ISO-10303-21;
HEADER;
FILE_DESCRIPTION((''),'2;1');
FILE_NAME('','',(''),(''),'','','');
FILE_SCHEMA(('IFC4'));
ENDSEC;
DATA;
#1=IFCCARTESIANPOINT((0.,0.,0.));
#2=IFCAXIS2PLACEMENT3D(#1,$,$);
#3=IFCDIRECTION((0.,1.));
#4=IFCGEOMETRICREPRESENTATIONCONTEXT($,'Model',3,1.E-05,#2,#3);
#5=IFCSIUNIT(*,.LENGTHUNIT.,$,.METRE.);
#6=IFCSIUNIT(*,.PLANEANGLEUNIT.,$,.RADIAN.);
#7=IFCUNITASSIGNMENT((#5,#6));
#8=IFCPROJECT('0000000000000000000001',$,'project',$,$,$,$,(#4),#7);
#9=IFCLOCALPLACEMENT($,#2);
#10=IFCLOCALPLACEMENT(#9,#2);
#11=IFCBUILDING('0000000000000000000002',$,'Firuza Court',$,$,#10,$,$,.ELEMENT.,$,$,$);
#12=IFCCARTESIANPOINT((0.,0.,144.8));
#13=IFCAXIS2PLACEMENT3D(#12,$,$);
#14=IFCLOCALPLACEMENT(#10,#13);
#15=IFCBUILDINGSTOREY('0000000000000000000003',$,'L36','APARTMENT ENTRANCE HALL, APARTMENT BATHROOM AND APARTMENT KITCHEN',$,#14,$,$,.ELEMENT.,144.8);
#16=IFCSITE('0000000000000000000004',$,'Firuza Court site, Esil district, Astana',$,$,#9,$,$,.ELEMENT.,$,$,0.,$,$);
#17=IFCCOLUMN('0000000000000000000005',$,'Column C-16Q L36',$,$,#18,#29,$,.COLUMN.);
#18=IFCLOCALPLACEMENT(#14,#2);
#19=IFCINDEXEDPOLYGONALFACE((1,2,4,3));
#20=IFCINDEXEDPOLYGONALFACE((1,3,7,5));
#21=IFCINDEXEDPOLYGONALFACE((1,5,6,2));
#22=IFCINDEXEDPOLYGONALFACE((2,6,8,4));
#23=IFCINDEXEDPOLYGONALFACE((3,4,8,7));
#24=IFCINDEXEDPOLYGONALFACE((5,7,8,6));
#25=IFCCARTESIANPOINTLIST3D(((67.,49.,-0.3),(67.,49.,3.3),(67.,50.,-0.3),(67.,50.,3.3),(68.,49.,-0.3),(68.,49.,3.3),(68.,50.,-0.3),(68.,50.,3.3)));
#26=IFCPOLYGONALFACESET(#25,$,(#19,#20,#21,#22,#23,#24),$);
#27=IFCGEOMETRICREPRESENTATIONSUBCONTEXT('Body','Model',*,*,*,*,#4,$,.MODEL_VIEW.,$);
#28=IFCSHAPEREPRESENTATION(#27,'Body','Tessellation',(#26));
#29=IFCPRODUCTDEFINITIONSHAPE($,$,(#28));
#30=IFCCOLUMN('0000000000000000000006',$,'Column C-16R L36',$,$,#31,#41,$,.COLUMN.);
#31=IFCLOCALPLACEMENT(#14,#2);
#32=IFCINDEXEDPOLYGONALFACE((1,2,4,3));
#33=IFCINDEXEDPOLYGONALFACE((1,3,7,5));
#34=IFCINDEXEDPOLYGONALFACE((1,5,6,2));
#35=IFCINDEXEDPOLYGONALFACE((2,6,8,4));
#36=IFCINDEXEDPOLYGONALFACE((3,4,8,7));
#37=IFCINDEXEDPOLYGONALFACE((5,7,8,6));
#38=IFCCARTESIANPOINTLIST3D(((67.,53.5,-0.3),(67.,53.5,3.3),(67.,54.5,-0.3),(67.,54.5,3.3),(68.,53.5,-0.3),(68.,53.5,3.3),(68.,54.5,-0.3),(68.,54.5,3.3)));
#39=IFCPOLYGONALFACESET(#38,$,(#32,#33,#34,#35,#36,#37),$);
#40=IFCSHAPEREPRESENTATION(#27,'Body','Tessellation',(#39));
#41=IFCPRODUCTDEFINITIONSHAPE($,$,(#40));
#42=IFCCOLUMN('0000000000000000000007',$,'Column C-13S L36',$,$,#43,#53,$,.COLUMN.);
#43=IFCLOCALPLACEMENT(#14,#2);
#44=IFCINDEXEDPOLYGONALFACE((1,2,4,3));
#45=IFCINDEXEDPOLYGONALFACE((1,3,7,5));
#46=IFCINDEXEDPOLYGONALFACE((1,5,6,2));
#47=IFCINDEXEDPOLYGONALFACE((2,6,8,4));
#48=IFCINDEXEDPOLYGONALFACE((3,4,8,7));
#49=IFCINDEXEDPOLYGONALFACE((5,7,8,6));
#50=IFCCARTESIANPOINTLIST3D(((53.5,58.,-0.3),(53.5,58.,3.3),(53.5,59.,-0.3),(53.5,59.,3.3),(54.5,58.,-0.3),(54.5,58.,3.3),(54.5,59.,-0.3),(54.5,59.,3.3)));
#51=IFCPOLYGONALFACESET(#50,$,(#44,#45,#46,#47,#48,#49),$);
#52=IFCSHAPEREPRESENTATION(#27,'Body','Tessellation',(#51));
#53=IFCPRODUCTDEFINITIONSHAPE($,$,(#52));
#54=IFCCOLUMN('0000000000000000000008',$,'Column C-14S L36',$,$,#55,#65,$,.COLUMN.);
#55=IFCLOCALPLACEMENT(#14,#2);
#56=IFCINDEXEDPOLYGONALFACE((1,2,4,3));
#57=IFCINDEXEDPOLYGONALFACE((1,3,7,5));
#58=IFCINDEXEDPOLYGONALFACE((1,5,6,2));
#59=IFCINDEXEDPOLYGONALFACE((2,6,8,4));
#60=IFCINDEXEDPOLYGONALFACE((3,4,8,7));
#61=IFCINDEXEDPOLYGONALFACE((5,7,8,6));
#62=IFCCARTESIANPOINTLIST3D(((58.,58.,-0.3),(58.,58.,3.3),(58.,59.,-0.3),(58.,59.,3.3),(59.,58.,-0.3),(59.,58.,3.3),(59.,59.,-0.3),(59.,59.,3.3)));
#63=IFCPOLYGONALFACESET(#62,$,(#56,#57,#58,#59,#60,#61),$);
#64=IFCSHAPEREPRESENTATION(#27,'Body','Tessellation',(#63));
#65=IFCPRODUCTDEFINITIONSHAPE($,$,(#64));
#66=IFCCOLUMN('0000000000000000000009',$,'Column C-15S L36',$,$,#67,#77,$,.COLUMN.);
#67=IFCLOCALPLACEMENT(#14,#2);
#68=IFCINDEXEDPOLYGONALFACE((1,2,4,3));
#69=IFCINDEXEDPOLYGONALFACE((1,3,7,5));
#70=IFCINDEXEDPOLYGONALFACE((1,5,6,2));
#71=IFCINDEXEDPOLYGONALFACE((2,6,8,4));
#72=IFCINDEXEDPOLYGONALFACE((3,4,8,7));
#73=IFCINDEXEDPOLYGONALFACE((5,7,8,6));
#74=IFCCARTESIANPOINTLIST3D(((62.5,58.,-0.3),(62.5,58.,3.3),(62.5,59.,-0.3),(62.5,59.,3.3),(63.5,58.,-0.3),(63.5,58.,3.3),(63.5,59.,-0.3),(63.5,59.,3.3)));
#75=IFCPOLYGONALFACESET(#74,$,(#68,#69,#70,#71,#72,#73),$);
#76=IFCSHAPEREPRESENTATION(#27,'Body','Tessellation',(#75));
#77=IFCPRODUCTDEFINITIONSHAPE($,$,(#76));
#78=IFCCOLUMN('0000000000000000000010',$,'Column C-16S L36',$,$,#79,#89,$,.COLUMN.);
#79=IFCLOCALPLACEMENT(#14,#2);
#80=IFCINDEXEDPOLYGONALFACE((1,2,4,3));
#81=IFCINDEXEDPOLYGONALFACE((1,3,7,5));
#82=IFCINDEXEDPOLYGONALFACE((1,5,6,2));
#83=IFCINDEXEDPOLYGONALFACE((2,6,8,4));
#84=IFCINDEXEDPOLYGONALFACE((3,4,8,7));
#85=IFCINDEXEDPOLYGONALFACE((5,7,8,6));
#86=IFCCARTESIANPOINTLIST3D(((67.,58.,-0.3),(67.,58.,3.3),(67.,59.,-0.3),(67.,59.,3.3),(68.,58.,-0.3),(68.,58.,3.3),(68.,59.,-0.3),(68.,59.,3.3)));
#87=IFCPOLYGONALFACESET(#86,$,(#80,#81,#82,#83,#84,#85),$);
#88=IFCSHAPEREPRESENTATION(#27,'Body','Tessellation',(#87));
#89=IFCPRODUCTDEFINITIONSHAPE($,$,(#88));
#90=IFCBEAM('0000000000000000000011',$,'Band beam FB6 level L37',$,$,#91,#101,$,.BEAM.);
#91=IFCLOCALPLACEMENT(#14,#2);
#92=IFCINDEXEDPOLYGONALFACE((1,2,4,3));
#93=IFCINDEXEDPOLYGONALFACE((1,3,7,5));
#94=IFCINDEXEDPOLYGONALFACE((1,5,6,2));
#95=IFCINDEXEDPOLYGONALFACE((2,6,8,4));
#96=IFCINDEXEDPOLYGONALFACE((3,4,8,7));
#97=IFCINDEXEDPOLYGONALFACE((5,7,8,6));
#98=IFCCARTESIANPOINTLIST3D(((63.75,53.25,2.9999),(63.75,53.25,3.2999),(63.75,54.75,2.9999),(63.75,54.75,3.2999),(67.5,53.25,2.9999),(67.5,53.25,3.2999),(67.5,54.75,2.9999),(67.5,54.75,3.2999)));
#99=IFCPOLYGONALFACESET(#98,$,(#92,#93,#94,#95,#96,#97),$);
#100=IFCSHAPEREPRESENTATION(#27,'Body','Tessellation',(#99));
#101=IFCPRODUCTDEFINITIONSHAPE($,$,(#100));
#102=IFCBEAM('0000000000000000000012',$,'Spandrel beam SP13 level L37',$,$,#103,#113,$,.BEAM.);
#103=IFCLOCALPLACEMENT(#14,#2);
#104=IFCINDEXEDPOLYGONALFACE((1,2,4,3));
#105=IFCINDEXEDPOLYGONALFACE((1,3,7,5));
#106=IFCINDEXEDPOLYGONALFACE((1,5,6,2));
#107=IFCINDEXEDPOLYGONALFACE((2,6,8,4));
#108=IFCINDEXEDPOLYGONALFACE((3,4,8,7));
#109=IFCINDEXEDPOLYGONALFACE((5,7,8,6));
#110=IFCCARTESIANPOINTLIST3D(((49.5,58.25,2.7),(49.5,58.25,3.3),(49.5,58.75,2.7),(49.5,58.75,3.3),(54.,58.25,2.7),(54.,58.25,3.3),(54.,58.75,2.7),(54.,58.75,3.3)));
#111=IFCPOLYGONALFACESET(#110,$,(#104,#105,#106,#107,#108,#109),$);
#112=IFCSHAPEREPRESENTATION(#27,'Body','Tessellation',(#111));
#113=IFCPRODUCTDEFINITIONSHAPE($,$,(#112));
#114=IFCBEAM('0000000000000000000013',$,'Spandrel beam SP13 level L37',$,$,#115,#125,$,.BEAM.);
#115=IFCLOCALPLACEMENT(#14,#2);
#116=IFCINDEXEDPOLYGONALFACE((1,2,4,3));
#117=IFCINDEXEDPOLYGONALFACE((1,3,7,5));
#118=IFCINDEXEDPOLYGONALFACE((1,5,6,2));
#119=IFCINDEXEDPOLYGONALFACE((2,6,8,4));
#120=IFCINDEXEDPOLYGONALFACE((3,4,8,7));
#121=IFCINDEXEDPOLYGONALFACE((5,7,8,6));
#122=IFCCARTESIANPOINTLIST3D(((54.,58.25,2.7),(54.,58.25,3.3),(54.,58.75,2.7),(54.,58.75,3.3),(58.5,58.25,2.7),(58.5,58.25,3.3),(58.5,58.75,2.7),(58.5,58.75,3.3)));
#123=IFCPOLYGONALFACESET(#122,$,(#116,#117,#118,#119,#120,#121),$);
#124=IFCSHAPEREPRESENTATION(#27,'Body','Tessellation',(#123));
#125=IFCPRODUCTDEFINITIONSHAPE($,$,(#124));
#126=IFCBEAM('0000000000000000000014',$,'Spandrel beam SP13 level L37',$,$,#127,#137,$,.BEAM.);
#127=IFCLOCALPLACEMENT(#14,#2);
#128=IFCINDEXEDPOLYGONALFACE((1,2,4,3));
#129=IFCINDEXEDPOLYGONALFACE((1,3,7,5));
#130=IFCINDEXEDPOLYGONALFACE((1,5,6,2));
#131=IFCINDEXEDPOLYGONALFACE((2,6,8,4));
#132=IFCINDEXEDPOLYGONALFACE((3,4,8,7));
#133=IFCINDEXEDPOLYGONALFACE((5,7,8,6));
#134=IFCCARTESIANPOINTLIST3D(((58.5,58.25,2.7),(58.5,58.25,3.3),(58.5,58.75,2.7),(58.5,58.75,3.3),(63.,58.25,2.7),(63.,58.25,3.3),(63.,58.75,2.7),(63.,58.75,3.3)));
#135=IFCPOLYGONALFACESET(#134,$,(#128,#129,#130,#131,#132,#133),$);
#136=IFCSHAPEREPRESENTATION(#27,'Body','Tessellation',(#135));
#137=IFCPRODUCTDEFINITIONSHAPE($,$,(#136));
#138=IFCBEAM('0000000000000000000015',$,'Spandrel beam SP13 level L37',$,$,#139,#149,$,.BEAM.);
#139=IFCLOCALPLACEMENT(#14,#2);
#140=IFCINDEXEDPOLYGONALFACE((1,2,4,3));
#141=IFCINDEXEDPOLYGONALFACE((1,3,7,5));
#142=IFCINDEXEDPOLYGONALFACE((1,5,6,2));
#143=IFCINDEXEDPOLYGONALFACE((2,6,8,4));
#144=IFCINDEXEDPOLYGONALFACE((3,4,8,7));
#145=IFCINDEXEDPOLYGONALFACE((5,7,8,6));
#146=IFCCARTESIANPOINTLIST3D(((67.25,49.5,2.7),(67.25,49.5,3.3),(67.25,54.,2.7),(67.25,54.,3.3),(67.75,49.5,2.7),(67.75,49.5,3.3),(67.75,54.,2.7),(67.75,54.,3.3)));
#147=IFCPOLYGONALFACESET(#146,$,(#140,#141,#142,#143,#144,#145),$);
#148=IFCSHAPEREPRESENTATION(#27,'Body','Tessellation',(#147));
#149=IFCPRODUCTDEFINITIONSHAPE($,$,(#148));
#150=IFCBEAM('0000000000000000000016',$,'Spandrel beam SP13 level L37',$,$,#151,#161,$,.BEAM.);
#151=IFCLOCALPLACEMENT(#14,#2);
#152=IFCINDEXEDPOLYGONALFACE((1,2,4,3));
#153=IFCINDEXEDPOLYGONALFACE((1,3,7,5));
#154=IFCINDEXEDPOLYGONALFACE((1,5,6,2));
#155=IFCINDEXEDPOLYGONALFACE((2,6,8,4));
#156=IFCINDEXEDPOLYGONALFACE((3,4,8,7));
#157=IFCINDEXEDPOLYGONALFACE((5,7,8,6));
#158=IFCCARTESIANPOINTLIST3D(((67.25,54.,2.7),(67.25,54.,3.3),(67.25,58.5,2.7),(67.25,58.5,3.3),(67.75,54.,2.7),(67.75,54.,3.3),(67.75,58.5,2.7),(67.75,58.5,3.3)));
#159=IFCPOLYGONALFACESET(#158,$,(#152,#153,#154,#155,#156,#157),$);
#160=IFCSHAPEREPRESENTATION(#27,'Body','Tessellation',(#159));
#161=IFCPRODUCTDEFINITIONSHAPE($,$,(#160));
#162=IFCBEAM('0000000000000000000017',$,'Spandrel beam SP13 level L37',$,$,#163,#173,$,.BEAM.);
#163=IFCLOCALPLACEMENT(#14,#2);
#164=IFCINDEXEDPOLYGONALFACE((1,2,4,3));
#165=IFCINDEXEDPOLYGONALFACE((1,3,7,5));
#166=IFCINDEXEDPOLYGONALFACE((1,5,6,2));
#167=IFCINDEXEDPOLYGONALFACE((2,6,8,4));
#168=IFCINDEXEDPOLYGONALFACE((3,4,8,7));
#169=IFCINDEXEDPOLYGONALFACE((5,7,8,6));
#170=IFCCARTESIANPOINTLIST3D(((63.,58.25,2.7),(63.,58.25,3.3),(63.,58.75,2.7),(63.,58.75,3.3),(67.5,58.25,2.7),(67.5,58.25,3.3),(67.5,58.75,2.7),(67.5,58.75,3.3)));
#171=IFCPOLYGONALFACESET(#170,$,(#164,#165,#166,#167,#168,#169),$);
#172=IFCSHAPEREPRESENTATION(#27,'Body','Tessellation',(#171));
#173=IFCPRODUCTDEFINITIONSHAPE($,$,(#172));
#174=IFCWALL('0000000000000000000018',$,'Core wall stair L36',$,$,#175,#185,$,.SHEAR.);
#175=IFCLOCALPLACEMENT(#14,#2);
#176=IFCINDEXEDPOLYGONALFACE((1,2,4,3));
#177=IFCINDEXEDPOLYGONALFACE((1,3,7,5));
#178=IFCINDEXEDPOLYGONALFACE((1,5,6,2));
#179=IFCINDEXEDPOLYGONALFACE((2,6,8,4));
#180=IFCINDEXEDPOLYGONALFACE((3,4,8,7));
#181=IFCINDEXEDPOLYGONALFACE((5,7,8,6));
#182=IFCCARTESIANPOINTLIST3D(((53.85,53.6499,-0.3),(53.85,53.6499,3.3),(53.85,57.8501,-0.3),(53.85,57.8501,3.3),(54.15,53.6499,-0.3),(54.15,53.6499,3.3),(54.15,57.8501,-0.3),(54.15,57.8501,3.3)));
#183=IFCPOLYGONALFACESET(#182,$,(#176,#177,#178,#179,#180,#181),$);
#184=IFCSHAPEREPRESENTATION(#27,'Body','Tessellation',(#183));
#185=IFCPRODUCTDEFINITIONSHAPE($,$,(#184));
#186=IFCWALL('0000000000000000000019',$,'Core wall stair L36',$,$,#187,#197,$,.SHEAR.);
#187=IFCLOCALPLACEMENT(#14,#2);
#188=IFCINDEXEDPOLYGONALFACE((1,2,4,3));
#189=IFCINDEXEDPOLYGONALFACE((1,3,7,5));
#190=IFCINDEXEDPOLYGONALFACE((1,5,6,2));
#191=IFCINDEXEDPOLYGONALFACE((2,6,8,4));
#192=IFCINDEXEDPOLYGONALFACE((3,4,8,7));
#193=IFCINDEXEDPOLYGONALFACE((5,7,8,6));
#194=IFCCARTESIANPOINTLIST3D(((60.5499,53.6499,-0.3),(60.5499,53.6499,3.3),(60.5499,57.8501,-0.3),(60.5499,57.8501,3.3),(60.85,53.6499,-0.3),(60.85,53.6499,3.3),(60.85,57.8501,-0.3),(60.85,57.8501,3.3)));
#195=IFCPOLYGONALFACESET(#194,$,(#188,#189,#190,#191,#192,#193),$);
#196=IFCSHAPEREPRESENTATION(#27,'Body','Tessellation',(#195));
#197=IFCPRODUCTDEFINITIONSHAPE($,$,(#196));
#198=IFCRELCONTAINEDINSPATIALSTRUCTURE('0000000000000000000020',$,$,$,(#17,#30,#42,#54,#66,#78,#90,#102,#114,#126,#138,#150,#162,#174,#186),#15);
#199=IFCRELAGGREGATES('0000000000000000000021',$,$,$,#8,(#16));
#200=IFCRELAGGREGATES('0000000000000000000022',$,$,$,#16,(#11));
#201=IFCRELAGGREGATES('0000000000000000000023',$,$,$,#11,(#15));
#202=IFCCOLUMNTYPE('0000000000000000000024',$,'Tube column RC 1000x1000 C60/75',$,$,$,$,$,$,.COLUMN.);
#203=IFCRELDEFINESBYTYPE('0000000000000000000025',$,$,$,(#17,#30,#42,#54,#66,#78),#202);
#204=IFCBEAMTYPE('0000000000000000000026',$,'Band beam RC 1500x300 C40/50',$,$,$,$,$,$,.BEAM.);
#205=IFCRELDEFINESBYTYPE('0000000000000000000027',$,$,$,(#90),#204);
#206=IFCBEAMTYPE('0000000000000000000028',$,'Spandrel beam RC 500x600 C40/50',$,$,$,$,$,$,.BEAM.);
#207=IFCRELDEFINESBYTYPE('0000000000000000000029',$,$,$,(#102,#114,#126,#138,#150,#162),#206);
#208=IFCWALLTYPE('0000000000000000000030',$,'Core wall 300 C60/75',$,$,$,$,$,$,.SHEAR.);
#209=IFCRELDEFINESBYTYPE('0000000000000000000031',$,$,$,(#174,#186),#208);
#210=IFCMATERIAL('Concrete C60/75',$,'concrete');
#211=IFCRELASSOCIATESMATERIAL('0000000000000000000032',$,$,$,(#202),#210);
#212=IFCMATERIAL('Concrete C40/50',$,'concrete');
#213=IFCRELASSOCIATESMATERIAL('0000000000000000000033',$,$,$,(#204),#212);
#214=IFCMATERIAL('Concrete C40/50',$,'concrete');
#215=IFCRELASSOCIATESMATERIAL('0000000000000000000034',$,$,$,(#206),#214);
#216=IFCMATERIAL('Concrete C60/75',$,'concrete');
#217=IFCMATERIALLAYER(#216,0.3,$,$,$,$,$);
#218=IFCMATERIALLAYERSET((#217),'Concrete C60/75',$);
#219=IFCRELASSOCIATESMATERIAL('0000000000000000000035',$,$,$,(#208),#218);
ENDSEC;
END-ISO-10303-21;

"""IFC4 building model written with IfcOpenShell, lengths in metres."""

from ifc_helpers import new_model, si_unit, direction, frame, frame_2d, origin, origin_2d, place, context, subcontext, project, spatial, rectangle, extrude, material, layer, layer_set, material_profile, profile_set, type_object, element, save


model = new_model("IFC4")

# Units and contexts
model_context = context("Model", 3, precision=1e-05, world=origin(), true_north=direction((0.0, 1.0)))
body_context = subcontext(model_context, "Body", "Model", "MODEL_VIEW")
ifc_project = project(units=[si_unit("LENGTHUNIT", "METRE"), si_unit("PLANEANGLEUNIT", "RADIAN")], contexts=[model_context])

# Site, building, storey
site_placement = place(None, origin())
site = spatial("IfcSite", under=ifc_project, at=site_placement, Name="Firuza Court site, Esil district, Astana", CompositionType="ELEMENT", RefElevation=0.0)
building_placement = place(site_placement, origin())
building = spatial("IfcBuilding", under=site, at=building_placement, Name="Firuza Court", CompositionType="ELEMENT")
storey_placement = place(building_placement, frame((0.0, 0.0, 144.8)))
storey = spatial("IfcBuildingStorey", under=building, at=storey_placement, Name="L36", Description="APARTMENT ENTRANCE HALL, APARTMENT BATHROOM AND APARTMENT KITCHEN", CompositionType="ELEMENT", Elevation=144.8)

# Columns
ifc_material_1 = material(Name="Concrete C60/75", Category="concrete")
ifc_material_profile_1 = material_profile(ifc_material_1, rectangle(XDim=1.0, YDim=1.0, at=origin_2d()), Name="RC 1000x1000")
ifc_profile_set_1 = profile_set([ifc_material_profile_1], Name="Concrete C60/75")
column_type = type_object("IfcColumnType", Name="Tube column RC 1000x1000 C60/75", PredefinedType="COLUMN", material=ifc_profile_set_1)
for number, where, z_axis, x_axis, name in (
    (1, (67.5, 49.5, -0.3), (0.0, 0.0, 1.0), (1.0, 0.0, 0.0), "Column C-16Q L36"),
    (2, (67.5, 54.0, -0.3), (0.0, 0.0, 1.0), (1.0, 0.0, 0.0), "Column C-16R L36"),
    (3, (54.0, 58.5, -0.3), (0.0, 0.0, 1.0), (1.0, 0.0, 0.0), "Column C-13S L36"),
    (4, (58.5, 58.5, -0.3), (0.0, 0.0, 1.0), (1.0, 0.0, 0.0), "Column C-14S L36"),
    (5, (63.0, 58.5, -0.3), (0.0, 0.0, 1.0), (1.0, 0.0, 0.0), "Column C-15S L36"),
    (6, (67.5, 58.5, -0.3), (0.0, 0.0, 1.0), (1.0, 0.0, 0.0), "Column C-16S L36"),
):
    element("IfcColumn", number, at=place(storey_placement, frame(where, z_axis=z_axis, x_axis=x_axis)), inside=storey, type_object=column_type, Name=name, PredefinedType="COLUMN", context=body_context, shape_type="SweptSolid", body=[
        extrude(rectangle(XDim=1.0, YDim=1.0, at=origin_2d()), origin(), (0.0, 0.0, 1.0), 3.6001),
    ])

# Beams
ifc_material_2 = material(Name="Concrete C40/50", Category="concrete")
ifc_material_profile_2 = material_profile(ifc_material_2, rectangle(XDim=1.5, YDim=0.3, at=origin_2d()), Name="RC 1500x300")
ifc_profile_set_2 = profile_set([ifc_material_profile_2], Name="Concrete C40/50")
beam_type_1 = type_object("IfcBeamType", Name="Band beam RC 1500x300 C40/50", PredefinedType="BEAM", material=ifc_profile_set_2)
beam_placement = place(storey_placement, frame((67.5, 54.0, 3.1499), z_axis=(-1.0, 0.0, 0.0), x_axis=(0.0, -1.0, 0.0)))
element("IfcBeam", 7, at=beam_placement, inside=storey, type_object=beam_type_1, Name="Band beam FB6 level L37", PredefinedType="BEAM", context=body_context, shape_type="SweptSolid", body=[
    extrude(rectangle(XDim=1.5, YDim=0.3, at=origin_2d()), origin(), (0.0, 0.0, 1.0), 3.75),
])
ifc_material_3 = material(Name="Concrete C40/50", Category="concrete")
ifc_material_profile_3 = material_profile(ifc_material_3, rectangle(XDim=0.5, YDim=0.6001, at=origin_2d()), Name="RC 500x600")
ifc_profile_set_3 = profile_set([ifc_material_profile_3], Name="Concrete C40/50")
beam_type_2 = type_object("IfcBeamType", Name="Spandrel beam RC 500x600 C40/50", PredefinedType="BEAM", material=ifc_profile_set_3)
for number, where, z_axis, x_axis, name in (
    (8, (54.0, 58.5, 3.0), (-1.0, 0.0, 0.0), (0.0, -1.0, 0.0), "Spandrel beam SP13 level L37"),
    (9, (58.5, 58.5, 3.0), (-1.0, 0.0, 0.0), (0.0, -1.0, 0.0), "Spandrel beam SP13 level L37"),
    (10, (63.0, 58.5, 3.0), (-1.0, 0.0, 0.0), (0.0, -1.0, 0.0), "Spandrel beam SP13 level L37"),
    (11, (67.5, 49.5, 3.0), (0.0, 1.0, 0.0), (-1.0, 0.0, 0.0), "Spandrel beam SP13 level L37"),
    (12, (67.5, 54.0, 3.0), (0.0, 1.0, 0.0), (-1.0, 0.0, 0.0), "Spandrel beam SP13 level L37"),
    (13, (67.5, 58.5, 3.0), (-1.0, 0.0, 0.0), (0.0, -1.0, 0.0), "Spandrel beam SP13 level L37"),
):
    element("IfcBeam", number, at=place(storey_placement, frame(where, z_axis=z_axis, x_axis=x_axis)), inside=storey, type_object=beam_type_2, Name=name, PredefinedType="BEAM", context=body_context, shape_type="SweptSolid", body=[
        extrude(rectangle(XDim=0.5, YDim=0.6001, at=origin_2d()), origin(), (0.0, 0.0, 1.0), 4.5),
    ])

# Walls
ifc_material_4 = material(Name="Concrete C60/75", Category="concrete")
ifc_layer_1 = layer(ifc_material_4, 0.3)
ifc_layer_set_1 = layer_set([ifc_layer_1], Name="Concrete C60/75")
wall_type_1 = type_object("IfcWallType", Name="Core wall 300 C60/75", PredefinedType="SHEAR", material=ifc_layer_set_1)
for number, where, z_axis, x_axis, name in (
    (14, (54.0, 53.6499, -0.3), (0.0, 0.0, 1.0), (0.0, 1.0, 0.0), "Core wall stair L36"),
    (15, (60.7, 53.6499, -0.3), (0.0, 0.0, 1.0), (0.0, 1.0, 0.0), "Core wall stair L36"),
):
    element("IfcWall", number, at=place(storey_placement, frame(where, z_axis=z_axis, x_axis=x_axis)), inside=storey, type_object=wall_type_1, Name=name, PredefinedType="SHEAR", context=body_context, shape_type="SweptSolid", body=[
        extrude(rectangle(XDim=4.2002, YDim=0.3, at=frame_2d((2.1001, 0.0))), origin(), (0.0, 0.0, 1.0), 3.6001),
    ])

save(model, "model.ifc")
